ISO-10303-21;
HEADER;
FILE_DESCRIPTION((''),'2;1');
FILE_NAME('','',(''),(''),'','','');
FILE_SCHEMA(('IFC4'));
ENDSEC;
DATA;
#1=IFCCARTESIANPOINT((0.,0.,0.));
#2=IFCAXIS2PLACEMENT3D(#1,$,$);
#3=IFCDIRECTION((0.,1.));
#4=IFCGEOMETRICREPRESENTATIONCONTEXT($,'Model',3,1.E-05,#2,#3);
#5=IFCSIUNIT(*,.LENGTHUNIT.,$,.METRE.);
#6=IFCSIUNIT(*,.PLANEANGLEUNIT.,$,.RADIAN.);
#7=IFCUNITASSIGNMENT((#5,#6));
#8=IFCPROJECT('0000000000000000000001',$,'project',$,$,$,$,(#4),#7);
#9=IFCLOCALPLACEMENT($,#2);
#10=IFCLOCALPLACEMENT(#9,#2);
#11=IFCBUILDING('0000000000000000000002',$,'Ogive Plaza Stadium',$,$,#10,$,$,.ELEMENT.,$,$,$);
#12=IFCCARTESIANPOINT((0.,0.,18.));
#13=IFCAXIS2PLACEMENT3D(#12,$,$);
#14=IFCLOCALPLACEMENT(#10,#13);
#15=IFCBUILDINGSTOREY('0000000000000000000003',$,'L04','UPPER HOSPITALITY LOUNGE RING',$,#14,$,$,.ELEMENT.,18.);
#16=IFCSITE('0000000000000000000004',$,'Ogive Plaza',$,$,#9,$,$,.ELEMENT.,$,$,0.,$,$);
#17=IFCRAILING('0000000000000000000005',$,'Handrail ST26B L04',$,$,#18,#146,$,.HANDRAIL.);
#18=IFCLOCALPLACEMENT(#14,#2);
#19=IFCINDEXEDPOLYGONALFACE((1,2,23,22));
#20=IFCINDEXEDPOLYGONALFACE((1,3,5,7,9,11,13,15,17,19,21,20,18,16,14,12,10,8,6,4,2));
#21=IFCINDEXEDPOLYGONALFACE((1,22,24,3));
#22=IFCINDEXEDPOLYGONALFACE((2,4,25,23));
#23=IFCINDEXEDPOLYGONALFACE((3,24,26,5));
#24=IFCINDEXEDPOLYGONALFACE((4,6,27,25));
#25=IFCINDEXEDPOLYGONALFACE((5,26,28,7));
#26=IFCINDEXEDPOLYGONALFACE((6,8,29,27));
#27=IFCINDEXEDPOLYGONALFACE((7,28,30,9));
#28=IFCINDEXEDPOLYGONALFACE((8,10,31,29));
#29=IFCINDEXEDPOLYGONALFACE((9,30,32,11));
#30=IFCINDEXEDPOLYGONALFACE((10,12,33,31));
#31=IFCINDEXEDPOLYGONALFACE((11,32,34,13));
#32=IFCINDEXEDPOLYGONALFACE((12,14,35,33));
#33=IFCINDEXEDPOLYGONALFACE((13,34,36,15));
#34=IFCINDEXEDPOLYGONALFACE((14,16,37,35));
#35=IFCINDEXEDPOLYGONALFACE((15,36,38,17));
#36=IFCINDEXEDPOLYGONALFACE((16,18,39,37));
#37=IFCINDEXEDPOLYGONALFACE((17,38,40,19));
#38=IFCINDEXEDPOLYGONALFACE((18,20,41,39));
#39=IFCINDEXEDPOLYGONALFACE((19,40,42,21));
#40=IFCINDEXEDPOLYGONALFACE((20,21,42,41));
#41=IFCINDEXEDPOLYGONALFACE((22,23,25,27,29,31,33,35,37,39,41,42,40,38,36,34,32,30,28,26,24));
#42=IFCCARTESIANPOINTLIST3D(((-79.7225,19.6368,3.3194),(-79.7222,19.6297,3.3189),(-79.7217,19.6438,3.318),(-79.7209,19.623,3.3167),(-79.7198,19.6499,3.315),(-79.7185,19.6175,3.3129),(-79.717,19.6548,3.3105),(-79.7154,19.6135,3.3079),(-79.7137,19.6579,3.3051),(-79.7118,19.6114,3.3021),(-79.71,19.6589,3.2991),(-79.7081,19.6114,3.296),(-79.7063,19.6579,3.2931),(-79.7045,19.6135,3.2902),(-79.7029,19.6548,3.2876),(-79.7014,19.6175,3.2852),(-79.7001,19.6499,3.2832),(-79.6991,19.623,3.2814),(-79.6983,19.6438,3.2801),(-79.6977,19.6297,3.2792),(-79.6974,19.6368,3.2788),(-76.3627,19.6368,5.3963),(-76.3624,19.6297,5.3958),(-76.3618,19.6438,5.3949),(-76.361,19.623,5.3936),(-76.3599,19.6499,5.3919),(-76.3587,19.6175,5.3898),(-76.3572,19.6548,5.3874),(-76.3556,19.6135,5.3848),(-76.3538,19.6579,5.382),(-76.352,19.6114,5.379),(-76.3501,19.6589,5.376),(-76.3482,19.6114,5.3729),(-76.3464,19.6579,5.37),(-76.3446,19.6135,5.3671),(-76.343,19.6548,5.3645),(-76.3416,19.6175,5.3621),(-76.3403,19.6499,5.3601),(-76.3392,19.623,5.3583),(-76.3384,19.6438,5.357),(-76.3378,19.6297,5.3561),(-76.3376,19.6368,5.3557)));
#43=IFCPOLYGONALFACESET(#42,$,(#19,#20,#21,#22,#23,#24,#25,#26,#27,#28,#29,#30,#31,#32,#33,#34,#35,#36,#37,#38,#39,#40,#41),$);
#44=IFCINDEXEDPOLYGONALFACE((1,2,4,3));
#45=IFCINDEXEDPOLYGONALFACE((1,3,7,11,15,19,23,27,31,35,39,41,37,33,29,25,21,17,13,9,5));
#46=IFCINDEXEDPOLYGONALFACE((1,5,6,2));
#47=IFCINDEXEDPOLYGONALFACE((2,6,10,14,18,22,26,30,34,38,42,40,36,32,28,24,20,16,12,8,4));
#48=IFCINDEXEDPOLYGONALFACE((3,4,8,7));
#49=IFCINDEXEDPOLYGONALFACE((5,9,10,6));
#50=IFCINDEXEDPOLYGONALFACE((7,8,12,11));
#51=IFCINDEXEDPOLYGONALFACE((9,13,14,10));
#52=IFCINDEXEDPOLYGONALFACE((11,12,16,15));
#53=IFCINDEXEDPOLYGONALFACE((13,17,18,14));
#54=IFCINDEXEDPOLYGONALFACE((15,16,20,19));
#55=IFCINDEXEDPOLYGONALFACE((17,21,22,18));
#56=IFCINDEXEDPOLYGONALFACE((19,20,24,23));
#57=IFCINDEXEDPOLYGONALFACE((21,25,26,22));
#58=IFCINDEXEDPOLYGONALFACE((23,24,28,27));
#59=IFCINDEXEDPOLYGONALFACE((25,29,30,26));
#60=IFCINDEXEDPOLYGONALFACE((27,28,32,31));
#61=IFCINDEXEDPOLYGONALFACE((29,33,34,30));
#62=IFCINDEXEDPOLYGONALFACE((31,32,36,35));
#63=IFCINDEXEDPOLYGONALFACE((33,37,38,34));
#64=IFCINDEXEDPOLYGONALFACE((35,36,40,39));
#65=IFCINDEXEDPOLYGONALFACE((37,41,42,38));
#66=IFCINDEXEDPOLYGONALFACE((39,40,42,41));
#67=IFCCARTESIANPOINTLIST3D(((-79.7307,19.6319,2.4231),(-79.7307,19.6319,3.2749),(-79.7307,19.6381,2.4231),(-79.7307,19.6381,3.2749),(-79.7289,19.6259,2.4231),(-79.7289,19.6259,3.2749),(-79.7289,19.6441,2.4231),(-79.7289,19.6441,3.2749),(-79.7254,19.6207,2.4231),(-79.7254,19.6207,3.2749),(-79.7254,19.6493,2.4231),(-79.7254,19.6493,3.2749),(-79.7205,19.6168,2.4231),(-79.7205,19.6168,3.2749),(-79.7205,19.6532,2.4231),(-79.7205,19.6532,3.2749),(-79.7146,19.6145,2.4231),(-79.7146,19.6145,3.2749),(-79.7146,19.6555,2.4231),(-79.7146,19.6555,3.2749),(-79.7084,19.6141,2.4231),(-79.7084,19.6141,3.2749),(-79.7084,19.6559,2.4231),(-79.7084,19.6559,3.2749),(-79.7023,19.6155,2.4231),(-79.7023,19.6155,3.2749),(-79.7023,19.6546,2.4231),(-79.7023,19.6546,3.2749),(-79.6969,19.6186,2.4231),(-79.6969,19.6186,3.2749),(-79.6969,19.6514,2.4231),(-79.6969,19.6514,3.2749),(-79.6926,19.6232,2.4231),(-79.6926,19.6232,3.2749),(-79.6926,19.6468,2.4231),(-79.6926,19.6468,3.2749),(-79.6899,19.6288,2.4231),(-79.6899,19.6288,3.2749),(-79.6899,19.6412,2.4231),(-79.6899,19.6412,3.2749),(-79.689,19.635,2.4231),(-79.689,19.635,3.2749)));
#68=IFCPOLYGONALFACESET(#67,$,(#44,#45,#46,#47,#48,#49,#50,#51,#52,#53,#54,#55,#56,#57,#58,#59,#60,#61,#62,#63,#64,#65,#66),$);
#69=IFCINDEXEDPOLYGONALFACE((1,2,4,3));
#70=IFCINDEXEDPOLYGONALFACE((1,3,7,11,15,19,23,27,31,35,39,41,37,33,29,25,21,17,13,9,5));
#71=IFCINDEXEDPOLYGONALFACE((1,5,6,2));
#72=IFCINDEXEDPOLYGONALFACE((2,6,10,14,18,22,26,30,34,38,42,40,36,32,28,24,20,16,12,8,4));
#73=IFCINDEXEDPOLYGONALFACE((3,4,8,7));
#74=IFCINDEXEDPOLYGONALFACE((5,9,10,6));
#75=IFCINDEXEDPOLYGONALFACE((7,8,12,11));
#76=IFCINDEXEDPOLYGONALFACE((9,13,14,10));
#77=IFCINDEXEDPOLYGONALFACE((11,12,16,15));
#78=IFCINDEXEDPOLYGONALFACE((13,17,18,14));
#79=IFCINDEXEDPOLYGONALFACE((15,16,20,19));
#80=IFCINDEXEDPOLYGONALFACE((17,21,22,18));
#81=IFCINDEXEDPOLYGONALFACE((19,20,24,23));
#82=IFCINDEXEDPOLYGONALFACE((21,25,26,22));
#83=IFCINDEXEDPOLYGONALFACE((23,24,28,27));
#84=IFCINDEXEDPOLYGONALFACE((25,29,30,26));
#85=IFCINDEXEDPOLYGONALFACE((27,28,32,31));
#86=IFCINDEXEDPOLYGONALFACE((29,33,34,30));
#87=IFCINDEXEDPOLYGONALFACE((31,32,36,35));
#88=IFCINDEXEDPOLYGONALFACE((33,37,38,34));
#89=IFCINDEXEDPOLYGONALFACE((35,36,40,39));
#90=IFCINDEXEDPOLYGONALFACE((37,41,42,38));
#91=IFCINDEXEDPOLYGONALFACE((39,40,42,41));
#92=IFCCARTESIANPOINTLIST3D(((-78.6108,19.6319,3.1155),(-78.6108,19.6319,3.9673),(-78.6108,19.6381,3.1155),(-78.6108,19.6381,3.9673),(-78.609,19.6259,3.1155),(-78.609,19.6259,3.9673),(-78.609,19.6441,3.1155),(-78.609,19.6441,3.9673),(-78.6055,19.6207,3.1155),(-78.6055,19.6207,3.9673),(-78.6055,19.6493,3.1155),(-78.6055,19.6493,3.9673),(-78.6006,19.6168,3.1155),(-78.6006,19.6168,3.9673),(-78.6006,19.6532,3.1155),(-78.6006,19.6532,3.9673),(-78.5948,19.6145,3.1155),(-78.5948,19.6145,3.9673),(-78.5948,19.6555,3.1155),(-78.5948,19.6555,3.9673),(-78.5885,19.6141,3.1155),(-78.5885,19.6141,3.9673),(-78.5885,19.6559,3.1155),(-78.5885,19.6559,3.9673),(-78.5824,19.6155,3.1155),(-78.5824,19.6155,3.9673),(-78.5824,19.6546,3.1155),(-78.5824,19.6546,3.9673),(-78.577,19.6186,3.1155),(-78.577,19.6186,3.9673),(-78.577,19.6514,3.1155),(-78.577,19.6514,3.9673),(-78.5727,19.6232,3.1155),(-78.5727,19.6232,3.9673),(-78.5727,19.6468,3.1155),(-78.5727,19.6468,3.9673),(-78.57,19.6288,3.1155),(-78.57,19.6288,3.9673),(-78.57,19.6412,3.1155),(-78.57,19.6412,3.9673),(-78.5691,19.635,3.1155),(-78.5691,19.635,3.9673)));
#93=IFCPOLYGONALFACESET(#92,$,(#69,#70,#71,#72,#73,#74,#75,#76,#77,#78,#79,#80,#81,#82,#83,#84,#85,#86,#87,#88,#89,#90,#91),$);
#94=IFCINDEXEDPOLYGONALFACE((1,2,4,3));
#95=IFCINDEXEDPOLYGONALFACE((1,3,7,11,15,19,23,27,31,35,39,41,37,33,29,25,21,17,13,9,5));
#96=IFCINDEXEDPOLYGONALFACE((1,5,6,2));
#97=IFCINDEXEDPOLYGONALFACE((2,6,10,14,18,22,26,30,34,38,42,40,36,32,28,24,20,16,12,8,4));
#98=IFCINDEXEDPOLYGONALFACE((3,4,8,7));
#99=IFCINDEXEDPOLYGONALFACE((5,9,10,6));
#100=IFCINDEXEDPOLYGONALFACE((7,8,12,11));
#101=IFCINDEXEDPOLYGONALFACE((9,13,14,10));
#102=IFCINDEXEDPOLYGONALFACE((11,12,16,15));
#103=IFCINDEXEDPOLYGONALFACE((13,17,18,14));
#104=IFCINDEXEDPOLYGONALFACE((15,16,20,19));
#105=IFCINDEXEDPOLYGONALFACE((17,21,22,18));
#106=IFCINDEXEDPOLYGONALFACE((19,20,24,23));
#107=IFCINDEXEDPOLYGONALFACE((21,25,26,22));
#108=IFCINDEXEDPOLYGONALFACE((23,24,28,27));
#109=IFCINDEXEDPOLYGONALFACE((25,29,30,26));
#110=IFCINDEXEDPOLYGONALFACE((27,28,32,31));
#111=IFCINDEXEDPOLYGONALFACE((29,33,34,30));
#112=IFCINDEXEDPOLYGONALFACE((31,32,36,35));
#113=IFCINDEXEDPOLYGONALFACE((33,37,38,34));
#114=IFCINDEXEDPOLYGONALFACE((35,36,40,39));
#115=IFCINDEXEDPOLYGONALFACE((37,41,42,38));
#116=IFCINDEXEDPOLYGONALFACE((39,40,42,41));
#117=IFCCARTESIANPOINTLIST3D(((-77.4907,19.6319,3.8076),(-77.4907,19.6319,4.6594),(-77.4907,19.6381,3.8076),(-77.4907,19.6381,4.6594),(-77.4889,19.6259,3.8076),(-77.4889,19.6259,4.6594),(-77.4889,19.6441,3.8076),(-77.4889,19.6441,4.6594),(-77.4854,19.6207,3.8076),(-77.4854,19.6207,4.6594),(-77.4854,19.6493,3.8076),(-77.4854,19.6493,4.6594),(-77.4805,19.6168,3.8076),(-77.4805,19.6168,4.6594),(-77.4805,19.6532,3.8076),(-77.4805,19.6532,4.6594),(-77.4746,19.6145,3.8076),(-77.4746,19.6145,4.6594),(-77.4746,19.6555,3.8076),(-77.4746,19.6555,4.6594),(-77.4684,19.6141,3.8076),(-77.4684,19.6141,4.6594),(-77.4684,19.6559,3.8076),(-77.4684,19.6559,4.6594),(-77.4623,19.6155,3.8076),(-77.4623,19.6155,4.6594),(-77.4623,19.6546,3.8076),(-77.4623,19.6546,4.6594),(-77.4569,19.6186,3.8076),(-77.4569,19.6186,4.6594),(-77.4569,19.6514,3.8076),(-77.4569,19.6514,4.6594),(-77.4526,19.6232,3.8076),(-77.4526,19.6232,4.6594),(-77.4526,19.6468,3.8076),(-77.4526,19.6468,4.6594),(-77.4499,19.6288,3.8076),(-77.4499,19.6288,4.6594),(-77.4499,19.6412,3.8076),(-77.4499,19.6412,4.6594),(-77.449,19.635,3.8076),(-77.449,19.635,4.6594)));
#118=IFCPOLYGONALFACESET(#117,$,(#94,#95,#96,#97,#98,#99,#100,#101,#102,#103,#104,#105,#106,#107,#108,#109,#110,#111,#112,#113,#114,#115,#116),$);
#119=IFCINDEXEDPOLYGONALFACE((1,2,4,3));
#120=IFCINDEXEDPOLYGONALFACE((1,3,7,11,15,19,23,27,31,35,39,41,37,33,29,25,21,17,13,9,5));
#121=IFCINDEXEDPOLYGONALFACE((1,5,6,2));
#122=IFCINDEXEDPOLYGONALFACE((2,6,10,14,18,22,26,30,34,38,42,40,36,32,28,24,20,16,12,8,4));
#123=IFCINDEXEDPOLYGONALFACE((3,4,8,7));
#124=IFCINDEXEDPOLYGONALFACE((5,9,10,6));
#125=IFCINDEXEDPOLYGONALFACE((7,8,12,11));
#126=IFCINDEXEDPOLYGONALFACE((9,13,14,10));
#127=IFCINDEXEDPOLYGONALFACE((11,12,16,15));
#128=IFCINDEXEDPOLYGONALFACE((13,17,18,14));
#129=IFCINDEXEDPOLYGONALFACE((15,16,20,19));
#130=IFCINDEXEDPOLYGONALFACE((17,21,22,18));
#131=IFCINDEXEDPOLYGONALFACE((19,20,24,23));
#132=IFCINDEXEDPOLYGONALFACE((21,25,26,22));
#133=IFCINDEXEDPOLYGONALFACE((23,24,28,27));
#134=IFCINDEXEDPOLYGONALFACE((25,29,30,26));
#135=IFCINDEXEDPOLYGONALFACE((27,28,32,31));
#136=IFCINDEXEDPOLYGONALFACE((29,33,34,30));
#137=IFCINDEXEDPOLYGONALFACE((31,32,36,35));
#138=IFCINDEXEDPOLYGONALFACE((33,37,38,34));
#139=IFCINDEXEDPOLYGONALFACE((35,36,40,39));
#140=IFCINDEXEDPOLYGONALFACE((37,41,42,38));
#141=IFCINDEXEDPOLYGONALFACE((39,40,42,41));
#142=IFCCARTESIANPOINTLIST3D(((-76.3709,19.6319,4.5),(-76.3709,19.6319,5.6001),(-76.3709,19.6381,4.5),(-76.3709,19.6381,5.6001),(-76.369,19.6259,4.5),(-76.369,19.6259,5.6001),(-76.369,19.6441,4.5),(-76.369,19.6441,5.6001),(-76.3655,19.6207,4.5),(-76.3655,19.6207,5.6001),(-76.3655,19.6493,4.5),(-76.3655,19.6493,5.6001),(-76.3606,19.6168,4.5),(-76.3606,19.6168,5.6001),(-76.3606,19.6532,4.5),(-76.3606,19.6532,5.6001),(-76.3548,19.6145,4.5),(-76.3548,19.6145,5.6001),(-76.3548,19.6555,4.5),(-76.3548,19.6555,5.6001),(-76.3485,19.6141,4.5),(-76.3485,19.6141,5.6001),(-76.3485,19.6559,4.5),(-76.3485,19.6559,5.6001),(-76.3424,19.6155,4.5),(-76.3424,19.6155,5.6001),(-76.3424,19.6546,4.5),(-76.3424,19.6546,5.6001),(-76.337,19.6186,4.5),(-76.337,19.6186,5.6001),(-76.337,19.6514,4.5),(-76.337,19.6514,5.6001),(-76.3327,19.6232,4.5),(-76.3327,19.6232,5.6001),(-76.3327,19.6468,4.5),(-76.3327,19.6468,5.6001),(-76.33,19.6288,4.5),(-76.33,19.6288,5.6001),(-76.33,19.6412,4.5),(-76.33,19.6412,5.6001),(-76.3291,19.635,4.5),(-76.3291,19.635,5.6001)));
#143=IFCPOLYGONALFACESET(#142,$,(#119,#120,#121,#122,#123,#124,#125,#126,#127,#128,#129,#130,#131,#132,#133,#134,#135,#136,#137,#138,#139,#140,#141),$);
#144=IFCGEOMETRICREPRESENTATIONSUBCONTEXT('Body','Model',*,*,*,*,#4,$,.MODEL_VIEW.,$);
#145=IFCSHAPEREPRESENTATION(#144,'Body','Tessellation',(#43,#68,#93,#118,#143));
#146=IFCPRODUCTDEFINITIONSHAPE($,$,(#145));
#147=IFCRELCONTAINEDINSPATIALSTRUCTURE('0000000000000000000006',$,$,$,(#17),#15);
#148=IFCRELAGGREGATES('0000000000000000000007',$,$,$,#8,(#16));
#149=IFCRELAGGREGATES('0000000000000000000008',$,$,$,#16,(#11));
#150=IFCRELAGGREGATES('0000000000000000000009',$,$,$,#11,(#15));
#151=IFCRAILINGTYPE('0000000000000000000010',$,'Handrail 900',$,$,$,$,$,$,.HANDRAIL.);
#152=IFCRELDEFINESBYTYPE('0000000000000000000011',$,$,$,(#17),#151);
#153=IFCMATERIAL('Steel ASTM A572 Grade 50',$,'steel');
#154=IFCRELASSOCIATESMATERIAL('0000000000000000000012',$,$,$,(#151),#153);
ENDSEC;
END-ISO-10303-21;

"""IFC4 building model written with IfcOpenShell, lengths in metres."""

from ifc_helpers import new_model, si_unit, direction, frame, origin, origin_2d, place, context, subcontext, project, spatial, circle, extrude, material, type_object, element, save


model = new_model("IFC4")

# Units and contexts
model_context = context("Model", 3, precision=1e-05, world=origin(), true_north=direction((0.0, 1.0)))
body_context = subcontext(model_context, "Body", "Model", "MODEL_VIEW")
ifc_project = project(units=[si_unit("LENGTHUNIT", "METRE"), si_unit("PLANEANGLEUNIT", "RADIAN")], contexts=[model_context])

# Site, building, storey
site_placement = place(None, origin())
site = spatial("IfcSite", under=ifc_project, at=site_placement, Name="Ogive Plaza", CompositionType="ELEMENT", RefElevation=0.0)
building_placement = place(site_placement, origin())
building = spatial("IfcBuilding", under=site, at=building_placement, Name="Ogive Plaza Stadium", CompositionType="ELEMENT")
storey_placement = place(building_placement, frame((0.0, 0.0, 18.0)))
storey = spatial("IfcBuildingStorey", under=building, at=storey_placement, Name="L04", Description="UPPER HOSPITALITY LOUNGE RING", CompositionType="ELEMENT", Elevation=18.0)

# Railing
ifc_material_1 = material(Name="Steel ASTM A572 Grade 50", Category="steel")
railing_type_1 = type_object("IfcRailingType", Name="Handrail 900", PredefinedType="HANDRAIL", material=ifc_material_1)
for number, where, name in (
    (1, (-79.71, 19.635, 2.4231), "Handrail ST26B L04"),
):
    element("IfcRailing", number, at=place(storey_placement, frame(where)), inside=storey, type_object=railing_type_1, Name=name, PredefinedType="HANDRAIL", context=body_context, shape_type="SweptSolid", body=[
        extrude(circle(Radius=0.0239, at=origin_2d()), frame((0.0, 0.0, 0.876), z_axis=(0.850606, 0.0, 0.525803), x_axis=(0.0, 1.0, 0.0)), (0.0, 0.0, 1.0), 3.95),
        extrude(circle(Radius=0.021, at=origin_2d()), origin(), (0.0, 0.0, 1.0), 0.8518),
        extrude(circle(Radius=0.021, at=origin_2d()), frame((1.1199, 0.0, 0.6924)), (0.0, 0.0, 1.0), 0.8518),
        extrude(circle(Radius=0.021, at=origin_2d()), frame((2.24, 0.0, 1.3845)), (0.0, 0.0, 1.0), 0.8518),
        extrude(circle(Radius=0.021, at=origin_2d()), frame((3.3599, 0.0, 2.0769)), (0.0, 0.0, 1.0), 1.1001),
    ])

save(model, "model.ifc")
